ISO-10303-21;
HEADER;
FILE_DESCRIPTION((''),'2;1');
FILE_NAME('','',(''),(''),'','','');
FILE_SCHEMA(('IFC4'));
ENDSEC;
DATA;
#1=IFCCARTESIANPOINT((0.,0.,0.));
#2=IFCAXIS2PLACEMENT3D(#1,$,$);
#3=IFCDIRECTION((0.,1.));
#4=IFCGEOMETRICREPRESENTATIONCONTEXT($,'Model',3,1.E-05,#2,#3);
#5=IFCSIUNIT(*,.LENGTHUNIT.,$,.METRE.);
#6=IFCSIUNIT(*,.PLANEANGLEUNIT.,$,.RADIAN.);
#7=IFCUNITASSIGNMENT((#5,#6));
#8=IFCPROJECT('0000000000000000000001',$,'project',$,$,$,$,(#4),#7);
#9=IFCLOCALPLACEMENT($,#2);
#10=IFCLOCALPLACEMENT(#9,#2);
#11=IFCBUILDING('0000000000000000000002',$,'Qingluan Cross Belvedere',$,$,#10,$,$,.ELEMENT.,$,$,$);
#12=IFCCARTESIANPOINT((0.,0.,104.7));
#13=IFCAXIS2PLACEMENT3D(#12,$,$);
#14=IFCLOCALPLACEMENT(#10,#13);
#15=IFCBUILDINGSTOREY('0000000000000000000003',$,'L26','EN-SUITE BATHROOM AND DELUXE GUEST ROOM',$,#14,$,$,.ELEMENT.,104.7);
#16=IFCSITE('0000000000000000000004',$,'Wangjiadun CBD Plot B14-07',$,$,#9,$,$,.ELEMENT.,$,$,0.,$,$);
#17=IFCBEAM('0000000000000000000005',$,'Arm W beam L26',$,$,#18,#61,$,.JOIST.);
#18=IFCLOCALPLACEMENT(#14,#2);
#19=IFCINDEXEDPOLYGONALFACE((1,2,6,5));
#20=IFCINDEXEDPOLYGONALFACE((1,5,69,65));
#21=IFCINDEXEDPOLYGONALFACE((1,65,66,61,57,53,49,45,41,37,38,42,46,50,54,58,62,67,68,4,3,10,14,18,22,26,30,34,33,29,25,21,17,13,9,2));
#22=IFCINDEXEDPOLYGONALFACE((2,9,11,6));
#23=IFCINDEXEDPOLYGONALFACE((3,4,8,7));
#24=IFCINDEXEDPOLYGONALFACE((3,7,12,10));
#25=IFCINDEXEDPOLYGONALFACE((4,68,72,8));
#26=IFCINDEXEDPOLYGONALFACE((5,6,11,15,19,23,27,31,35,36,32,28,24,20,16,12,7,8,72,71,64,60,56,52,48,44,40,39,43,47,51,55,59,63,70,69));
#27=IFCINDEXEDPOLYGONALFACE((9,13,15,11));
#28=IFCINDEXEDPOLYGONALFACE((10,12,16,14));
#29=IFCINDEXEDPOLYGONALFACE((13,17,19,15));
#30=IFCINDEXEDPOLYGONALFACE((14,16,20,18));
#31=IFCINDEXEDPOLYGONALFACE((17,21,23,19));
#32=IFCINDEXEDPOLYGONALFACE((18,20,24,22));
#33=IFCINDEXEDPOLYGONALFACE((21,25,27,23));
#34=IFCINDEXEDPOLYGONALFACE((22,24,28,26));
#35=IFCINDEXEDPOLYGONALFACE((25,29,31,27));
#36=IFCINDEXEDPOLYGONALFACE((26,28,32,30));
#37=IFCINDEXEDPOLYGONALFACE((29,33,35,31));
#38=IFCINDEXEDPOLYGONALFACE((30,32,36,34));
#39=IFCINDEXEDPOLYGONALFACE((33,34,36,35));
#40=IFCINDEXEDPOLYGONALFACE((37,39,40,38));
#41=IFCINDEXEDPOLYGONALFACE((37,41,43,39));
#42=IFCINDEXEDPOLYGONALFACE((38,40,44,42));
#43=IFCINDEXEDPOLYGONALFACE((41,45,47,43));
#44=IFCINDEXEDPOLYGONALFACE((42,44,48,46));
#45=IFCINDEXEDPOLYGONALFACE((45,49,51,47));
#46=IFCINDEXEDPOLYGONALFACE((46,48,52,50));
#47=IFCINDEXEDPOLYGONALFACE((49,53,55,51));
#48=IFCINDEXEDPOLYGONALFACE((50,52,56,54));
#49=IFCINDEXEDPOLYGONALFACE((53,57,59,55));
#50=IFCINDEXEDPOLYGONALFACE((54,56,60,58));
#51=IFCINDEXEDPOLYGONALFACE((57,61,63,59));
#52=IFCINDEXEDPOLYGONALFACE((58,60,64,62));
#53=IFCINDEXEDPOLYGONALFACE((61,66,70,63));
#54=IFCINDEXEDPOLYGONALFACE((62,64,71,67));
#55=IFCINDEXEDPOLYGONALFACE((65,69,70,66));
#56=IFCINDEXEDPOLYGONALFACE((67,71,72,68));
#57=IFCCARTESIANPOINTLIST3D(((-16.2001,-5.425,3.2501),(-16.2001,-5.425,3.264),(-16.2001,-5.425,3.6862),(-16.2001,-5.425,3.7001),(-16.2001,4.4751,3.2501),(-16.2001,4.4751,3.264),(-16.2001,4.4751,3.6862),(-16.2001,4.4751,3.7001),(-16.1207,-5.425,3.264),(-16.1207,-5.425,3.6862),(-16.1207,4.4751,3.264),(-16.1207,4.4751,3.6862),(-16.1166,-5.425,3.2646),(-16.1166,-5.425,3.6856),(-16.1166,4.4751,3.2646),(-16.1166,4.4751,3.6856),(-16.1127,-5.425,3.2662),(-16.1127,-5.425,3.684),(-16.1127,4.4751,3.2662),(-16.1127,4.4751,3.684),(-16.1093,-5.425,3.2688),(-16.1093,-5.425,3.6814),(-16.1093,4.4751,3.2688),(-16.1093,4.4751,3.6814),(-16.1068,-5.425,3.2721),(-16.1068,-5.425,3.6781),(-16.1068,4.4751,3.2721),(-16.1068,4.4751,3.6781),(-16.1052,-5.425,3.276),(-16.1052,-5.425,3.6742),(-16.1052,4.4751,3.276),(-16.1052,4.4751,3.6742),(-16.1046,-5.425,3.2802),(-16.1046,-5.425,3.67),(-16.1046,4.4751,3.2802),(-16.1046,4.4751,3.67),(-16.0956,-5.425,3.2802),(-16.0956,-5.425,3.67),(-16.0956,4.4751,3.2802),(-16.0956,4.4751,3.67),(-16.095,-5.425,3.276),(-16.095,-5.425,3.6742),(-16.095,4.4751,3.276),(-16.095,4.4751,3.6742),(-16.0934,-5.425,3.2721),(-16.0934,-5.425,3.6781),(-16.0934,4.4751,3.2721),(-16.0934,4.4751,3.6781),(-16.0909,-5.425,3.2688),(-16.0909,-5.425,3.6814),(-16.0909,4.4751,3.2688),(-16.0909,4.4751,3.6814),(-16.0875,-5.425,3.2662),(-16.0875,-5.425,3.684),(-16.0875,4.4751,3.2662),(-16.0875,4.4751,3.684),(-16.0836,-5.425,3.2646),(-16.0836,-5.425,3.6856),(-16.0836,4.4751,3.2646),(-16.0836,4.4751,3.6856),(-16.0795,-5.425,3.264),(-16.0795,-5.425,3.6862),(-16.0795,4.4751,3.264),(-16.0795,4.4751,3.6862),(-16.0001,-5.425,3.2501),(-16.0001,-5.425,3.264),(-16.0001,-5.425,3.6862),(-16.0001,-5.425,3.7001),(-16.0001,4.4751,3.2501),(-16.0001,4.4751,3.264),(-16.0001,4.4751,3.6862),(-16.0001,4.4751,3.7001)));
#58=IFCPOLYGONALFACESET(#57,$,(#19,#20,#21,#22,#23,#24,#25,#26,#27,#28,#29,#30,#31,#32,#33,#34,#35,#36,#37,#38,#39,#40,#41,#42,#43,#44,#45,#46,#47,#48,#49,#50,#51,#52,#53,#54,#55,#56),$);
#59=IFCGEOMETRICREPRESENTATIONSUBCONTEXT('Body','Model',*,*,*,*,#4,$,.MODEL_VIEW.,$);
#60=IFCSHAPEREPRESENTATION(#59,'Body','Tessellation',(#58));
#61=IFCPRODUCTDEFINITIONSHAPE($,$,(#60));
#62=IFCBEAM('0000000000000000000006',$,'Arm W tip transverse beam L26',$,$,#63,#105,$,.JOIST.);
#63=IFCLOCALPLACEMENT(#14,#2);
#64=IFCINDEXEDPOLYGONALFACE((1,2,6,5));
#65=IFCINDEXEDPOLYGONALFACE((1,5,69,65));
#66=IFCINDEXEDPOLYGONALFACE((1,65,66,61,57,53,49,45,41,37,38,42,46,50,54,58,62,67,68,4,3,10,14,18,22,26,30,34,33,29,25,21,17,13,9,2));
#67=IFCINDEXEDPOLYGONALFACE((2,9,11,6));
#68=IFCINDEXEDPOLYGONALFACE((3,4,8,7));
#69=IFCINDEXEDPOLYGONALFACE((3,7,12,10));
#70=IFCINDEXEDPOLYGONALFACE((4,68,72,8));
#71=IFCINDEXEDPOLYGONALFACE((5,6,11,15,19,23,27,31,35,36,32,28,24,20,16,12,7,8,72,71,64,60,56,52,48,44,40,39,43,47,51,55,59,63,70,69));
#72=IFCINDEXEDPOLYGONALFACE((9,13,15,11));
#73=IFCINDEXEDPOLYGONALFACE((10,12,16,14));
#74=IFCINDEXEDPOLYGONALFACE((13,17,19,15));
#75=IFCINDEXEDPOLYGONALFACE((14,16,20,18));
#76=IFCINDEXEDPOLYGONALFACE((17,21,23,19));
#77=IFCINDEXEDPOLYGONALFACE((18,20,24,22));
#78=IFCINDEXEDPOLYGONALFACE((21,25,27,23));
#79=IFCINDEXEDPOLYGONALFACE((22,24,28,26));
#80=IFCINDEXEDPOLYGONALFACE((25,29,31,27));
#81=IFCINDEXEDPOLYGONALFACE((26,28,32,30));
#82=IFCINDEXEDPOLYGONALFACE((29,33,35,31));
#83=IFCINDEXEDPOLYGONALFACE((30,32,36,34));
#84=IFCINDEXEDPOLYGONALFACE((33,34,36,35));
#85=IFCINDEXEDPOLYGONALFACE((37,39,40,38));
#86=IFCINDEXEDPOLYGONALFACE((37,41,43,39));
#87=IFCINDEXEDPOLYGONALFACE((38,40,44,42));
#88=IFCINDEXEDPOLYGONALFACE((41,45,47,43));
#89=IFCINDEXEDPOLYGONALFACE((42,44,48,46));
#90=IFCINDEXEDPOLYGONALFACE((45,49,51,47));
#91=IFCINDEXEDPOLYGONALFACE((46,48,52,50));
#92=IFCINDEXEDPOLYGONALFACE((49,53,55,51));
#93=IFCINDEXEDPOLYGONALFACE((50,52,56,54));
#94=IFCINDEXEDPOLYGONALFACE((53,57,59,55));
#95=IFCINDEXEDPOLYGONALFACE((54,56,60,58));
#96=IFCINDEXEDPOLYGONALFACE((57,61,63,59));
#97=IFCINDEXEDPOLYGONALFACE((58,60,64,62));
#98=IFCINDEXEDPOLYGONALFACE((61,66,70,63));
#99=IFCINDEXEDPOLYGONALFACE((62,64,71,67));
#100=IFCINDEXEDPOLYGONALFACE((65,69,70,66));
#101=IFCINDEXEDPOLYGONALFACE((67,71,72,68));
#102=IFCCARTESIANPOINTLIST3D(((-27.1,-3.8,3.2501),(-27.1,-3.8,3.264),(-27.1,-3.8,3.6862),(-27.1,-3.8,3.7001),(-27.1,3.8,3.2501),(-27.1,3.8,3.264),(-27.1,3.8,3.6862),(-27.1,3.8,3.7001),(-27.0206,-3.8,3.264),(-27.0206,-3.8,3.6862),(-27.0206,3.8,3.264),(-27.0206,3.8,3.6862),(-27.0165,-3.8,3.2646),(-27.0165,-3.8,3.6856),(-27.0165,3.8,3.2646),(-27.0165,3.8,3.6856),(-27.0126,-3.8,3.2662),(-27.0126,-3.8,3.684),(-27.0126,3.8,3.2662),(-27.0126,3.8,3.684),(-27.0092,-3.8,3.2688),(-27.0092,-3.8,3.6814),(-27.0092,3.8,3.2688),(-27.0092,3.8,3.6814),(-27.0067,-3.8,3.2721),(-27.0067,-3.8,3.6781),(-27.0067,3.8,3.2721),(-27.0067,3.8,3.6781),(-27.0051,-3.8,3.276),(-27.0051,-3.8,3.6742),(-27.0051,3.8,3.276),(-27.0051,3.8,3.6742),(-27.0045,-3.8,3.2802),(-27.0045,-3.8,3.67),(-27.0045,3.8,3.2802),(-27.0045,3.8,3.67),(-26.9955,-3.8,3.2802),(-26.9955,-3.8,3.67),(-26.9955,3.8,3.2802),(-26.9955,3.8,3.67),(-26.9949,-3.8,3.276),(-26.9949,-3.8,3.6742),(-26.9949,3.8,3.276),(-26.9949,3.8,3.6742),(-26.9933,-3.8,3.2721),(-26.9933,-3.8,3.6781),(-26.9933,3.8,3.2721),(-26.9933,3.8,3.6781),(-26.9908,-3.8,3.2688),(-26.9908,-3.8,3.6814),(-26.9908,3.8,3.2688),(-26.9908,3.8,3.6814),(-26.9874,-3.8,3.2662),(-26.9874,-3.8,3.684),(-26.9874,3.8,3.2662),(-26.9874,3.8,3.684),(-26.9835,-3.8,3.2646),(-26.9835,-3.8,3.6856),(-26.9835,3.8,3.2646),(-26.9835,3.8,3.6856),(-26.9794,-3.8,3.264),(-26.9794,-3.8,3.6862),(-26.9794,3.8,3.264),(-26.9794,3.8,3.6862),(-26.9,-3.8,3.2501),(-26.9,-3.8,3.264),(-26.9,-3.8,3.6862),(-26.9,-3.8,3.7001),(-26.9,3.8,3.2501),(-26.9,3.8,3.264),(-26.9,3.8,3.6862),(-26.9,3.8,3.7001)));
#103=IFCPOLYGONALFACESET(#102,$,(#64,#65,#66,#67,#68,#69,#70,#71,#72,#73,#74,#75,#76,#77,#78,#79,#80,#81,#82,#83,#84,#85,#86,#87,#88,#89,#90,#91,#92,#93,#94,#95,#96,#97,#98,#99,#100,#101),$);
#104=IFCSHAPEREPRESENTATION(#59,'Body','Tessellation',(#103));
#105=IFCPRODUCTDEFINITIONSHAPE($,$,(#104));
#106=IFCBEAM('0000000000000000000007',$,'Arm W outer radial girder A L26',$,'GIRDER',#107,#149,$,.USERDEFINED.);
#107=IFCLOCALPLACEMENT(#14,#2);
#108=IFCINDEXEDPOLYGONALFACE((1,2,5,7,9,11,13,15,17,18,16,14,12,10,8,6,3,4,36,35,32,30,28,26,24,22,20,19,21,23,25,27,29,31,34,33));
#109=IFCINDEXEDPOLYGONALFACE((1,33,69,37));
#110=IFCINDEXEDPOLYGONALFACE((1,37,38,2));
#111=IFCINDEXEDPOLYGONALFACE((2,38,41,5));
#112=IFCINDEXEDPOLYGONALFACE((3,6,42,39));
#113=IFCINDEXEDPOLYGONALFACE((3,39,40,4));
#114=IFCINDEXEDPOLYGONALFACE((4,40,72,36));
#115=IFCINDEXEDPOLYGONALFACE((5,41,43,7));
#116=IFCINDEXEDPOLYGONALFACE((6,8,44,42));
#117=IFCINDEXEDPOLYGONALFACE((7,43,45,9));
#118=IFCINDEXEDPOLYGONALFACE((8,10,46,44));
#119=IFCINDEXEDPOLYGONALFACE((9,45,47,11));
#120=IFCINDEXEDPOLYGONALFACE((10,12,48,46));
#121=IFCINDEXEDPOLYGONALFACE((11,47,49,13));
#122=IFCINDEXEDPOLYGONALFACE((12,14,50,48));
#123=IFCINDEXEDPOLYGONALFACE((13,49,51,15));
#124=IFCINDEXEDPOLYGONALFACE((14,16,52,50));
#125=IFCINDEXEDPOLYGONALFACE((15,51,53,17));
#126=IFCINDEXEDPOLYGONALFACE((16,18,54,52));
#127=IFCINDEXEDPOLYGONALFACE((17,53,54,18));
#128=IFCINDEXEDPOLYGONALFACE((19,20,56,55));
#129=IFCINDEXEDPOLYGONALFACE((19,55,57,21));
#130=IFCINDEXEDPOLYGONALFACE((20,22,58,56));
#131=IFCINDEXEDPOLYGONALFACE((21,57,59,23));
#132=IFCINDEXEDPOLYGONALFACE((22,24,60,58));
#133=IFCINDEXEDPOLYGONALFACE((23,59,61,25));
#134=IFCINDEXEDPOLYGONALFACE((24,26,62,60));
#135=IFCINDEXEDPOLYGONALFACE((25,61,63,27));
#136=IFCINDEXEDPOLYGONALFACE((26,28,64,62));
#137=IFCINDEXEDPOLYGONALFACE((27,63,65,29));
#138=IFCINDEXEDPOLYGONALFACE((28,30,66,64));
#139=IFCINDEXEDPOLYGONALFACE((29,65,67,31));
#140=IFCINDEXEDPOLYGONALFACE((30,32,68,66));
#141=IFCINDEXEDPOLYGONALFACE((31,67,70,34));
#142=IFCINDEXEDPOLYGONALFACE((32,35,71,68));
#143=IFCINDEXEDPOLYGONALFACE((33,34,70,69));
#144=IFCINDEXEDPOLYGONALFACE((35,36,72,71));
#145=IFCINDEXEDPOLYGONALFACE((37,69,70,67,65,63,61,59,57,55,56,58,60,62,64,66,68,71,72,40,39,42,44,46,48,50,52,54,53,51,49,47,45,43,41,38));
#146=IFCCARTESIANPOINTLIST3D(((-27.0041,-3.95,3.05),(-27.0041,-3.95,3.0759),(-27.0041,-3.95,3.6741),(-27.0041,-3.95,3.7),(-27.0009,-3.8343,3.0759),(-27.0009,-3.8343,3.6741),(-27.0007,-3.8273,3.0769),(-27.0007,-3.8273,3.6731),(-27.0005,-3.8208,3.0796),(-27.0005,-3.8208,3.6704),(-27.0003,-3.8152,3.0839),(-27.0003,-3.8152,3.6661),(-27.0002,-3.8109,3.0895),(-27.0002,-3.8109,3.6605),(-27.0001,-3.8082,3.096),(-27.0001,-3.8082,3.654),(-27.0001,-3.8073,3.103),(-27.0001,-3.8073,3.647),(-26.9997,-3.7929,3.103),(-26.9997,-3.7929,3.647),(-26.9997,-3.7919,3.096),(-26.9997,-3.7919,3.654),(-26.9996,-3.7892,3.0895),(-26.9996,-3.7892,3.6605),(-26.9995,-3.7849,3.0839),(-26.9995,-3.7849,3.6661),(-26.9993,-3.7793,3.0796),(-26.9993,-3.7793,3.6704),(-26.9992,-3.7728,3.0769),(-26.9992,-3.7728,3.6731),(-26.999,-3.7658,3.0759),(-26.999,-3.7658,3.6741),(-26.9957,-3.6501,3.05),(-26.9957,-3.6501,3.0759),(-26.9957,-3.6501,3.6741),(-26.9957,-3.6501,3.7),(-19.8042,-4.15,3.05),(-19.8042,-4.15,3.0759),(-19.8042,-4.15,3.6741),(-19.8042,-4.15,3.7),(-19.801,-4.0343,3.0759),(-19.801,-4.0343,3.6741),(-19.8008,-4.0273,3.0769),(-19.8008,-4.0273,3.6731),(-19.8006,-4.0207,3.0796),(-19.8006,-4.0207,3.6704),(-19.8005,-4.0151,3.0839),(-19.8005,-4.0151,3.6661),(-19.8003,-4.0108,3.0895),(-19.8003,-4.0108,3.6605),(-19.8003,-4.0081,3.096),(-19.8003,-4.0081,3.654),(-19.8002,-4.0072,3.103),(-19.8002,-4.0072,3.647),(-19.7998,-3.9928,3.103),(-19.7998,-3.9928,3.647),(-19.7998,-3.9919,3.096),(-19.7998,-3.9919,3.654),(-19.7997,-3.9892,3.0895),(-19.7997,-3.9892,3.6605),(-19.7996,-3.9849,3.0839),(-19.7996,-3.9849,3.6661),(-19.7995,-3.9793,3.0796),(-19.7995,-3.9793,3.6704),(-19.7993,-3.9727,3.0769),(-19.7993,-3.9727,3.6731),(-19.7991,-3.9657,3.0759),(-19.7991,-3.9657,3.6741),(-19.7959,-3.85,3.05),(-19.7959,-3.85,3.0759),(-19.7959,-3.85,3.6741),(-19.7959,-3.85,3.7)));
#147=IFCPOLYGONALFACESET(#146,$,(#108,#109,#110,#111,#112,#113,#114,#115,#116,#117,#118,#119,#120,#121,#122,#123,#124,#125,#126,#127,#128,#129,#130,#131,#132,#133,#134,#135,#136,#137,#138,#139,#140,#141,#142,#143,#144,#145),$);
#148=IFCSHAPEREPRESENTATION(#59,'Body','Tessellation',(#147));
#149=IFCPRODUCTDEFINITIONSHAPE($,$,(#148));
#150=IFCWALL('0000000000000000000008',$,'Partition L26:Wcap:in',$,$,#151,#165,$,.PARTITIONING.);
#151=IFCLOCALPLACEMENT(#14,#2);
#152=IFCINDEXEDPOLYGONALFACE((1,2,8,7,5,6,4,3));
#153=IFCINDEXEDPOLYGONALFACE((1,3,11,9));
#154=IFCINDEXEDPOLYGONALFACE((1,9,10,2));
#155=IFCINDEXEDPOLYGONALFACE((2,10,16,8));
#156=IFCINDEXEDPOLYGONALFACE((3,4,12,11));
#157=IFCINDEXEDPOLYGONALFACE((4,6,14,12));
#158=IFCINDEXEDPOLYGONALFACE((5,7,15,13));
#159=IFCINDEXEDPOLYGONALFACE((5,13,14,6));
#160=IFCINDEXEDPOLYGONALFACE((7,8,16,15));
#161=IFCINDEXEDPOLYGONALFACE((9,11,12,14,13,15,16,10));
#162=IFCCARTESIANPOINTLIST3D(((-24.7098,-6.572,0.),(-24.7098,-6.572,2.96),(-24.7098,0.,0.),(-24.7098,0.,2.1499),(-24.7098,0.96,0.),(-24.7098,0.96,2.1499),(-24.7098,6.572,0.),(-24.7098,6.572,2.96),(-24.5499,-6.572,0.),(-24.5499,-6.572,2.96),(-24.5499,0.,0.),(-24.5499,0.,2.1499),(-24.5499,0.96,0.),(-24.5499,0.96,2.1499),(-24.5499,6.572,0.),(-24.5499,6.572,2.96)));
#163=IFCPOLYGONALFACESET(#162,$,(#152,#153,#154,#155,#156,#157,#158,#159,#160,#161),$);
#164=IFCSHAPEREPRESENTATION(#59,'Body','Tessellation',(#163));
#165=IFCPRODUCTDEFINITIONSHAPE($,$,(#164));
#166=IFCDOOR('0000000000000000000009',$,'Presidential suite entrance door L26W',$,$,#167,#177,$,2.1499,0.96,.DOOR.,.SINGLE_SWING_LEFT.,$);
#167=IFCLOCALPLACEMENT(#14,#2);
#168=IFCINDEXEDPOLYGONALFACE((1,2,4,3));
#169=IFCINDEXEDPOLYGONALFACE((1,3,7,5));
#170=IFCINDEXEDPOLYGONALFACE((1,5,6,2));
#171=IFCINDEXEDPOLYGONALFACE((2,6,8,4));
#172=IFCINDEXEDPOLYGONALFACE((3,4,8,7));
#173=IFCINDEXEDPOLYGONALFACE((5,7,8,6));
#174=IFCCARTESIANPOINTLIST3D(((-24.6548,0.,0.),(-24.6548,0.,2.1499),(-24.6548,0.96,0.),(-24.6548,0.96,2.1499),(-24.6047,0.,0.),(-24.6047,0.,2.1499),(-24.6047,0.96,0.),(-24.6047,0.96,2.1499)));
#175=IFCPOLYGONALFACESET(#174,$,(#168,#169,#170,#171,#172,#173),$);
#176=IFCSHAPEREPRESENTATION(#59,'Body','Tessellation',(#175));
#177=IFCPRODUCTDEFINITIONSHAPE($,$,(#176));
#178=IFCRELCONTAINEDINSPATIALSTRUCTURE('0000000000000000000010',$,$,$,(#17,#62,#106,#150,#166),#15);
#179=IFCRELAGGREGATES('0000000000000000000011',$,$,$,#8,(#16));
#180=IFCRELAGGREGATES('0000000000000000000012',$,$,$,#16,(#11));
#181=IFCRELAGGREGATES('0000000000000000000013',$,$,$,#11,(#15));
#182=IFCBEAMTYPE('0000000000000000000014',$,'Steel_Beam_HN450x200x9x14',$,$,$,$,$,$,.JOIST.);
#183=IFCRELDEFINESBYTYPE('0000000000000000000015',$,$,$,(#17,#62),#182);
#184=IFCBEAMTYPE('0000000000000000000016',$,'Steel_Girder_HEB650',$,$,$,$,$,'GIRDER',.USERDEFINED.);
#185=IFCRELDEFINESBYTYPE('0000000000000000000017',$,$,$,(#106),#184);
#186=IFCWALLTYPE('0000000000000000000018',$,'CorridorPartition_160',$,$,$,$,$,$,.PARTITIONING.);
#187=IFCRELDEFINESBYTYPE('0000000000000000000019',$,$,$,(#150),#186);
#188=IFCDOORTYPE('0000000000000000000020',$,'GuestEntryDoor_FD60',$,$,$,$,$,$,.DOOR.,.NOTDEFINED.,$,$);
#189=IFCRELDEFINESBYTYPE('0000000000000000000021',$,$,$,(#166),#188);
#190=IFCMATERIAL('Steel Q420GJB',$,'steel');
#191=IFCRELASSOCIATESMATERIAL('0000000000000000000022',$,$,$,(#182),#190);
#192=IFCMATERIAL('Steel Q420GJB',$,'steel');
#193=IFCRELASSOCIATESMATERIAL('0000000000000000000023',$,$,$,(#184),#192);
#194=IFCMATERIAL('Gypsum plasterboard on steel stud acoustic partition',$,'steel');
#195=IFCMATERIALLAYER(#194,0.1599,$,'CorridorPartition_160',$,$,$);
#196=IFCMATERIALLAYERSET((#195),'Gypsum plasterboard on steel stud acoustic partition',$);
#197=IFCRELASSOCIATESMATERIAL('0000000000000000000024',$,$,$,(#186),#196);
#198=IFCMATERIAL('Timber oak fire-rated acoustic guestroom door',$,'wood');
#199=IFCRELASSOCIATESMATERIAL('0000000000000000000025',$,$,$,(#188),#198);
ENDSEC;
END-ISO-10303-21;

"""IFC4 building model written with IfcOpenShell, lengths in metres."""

from ifc_helpers import new_model, si_unit, direction, frame, frame_2d, origin, origin_2d, place, context, subcontext, project, spatial, rectangle, i_section, extrude, material, layer, layer_set, material_profile, profile_set, type_object, element, fill, save


model = new_model("IFC4")

# Units and contexts
model_context = context("Model", 3, precision=1e-05, world=origin(), true_north=direction((0.0, 1.0)))
body_context = subcontext(model_context, "Body", "Model", "MODEL_VIEW")
ifc_project = project(units=[si_unit("LENGTHUNIT", "METRE"), si_unit("PLANEANGLEUNIT", "RADIAN")], contexts=[model_context])

# Site, building, storey
site_placement = place(None, origin())
site = spatial("IfcSite", under=ifc_project, at=site_placement, Name="Wangjiadun CBD Plot B14-07", CompositionType="ELEMENT", RefElevation=0.0)
building_placement = place(site_placement, origin())
building = spatial("IfcBuilding", under=site, at=building_placement, Name="Qingluan Cross Belvedere", CompositionType="ELEMENT")
storey_placement = place(building_placement, frame((0.0, 0.0, 104.7)))
storey = spatial("IfcBuildingStorey", under=building, at=storey_placement, Name="L26", Description="EN-SUITE BATHROOM AND DELUXE GUEST ROOM", CompositionType="ELEMENT", Elevation=104.7)

# Beams
ifc_material_1 = material(Name="Steel Q420GJB", Category="steel")
ifc_material_profile_1 = material_profile(ifc_material_1, i_section(OverallWidth=0.2, OverallDepth=0.45, WebThickness=0.009, FlangeThickness=0.0139, FilletRadius=0.0161, at=origin_2d()), Name="HN450x200x9x14")
ifc_profile_set_1 = profile_set([ifc_material_profile_1], Name="Steel Q420GJB")
beam_type_1 = type_object("IfcBeamType", Name="Steel_Beam_HN450x200x9x14", PredefinedType="JOIST", material=ifc_profile_set_1)
beam_1_placement = place(storey_placement, frame((-16.1001, -5.425, 3.4751), z_axis=(0.0, 1.0, 0.0), x_axis=(-1.0, 0.0, 0.0)))
element("IfcBeam", 1, at=beam_1_placement, inside=storey, type_object=beam_type_1, Name="Arm W beam L26", PredefinedType="JOIST", context=body_context, shape_type="SweptSolid", body=[
    extrude(i_section(OverallWidth=0.2, OverallDepth=0.45, WebThickness=0.009, FlangeThickness=0.0139, FilletRadius=0.0161, at=origin_2d()), origin(), (0.0, 0.0, 1.0), 9.9001),
])
beam_2_placement = place(storey_placement, frame((-27.0, -3.8, 3.4751), z_axis=(0.0, 1.0, 0.0), x_axis=(-1.0, 0.0, 0.0)))
element("IfcBeam", 2, at=beam_2_placement, inside=storey, type_object=beam_type_1, Name="Arm W tip transverse beam L26", PredefinedType="JOIST", context=body_context, shape_type="SweptSolid", body=[
    extrude(i_section(OverallWidth=0.2, OverallDepth=0.45, WebThickness=0.009, FlangeThickness=0.0139, FilletRadius=0.0161, at=origin_2d()), origin(), (0.0, 0.0, 1.0), 7.6001),
])
ifc_material_2 = material(Name="Steel Q420GJB", Category="steel")
ifc_material_profile_2 = material_profile(ifc_material_2, i_section(OverallWidth=0.3, OverallDepth=0.6499, WebThickness=0.0144, FlangeThickness=0.0259, FilletRadius=0.0271, at=origin_2d()), Name="HEB650")
ifc_profile_set_2 = profile_set([ifc_material_profile_2], Name="Steel Q420GJB")
beam_type_2 = type_object("IfcBeamType", Name="Steel_Girder_HEB650", ElementType="GIRDER", PredefinedType="USERDEFINED", material=ifc_profile_set_2)
beam_3_placement = place(storey_placement, frame((-19.8, -4.0, 3.375), z_axis=(-0.999615, 0.02776, 0.0), x_axis=(-0.02776, -0.999615, 0.0)))
element("IfcBeam", 3, at=beam_3_placement, inside=storey, type_object=beam_type_2, Name="Arm W outer radial girder A L26", ObjectType="GIRDER", PredefinedType="USERDEFINED", context=body_context, shape_type="SweptSolid", body=[
    extrude(i_section(OverallWidth=0.3, OverallDepth=0.6499, WebThickness=0.0144, FlangeThickness=0.0259, FilletRadius=0.0271, at=origin_2d()), origin(), (0.0, 0.0, 1.0), 7.2026),
])

# Wall, opening, door
ifc_material_3 = material(Name="Gypsum plasterboard on steel stud acoustic partition", Category="steel")
ifc_layer_1 = layer(ifc_material_3, 0.1599, Name="CorridorPartition_160")
ifc_layer_set_1 = layer_set([ifc_layer_1], Name="Gypsum plasterboard on steel stud acoustic partition")
wall_type_1 = type_object("IfcWallType", Name="CorridorPartition_160", PredefinedType="PARTITIONING", material=ifc_layer_set_1)
wall_1_placement = place(storey_placement, frame((-24.6299, -6.572, 0.0), z_axis=(0.0, 0.0, 1.0), x_axis=(0.0, 1.0, 0.0)))
wall_1 = element("IfcWall", 4, at=wall_1_placement, inside=storey, type_object=wall_type_1, Name="Partition L26:Wcap:in", PredefinedType="PARTITIONING", context=body_context, shape_type="SweptSolid", body=[
    extrude(rectangle(XDim=13.144, YDim=0.1599, at=frame_2d((6.572, 0.0))), origin(), (0.0, 0.0, 1.0), 2.96),
])
opening_1_placement = place(wall_1_placement, frame((6.572, 0.0, 0.0)))
opening_1 = element("IfcOpeningElement", 5, at=opening_1_placement, cuts=wall_1, PredefinedType="OPENING", context=body_context, shape_type="SweptSolid", body=[
    extrude(rectangle(XDim=0.96, YDim=2.1499, at=frame_2d((0.48, 1.075))), frame((0.0, 0.0898, 0.0), z_axis=(0.0, -1.0, 0.0), x_axis=(1.0, 0.0, 0.0)), (0.0, 0.0, 1.0), 0.1799),
])
ifc_material_4 = material(Name="Timber oak fire-rated acoustic guestroom door", Category="wood")
door_type_1 = type_object("IfcDoorType", Name="GuestEntryDoor_FD60", OperationType="NOTDEFINED", PredefinedType="DOOR", material=ifc_material_4)
door_1_placement = place(opening_1_placement, origin())
door_1 = element("IfcDoor", 6, at=door_1_placement, inside=storey, type_object=door_type_1, Name="Presidential suite entrance door L26W", OperationType="SINGLE_SWING_LEFT", OverallHeight=2.1499, OverallWidth=0.96, PredefinedType="DOOR", context=body_context, shape_type="SweptSolid", body=[
    extrude(rectangle(XDim=0.96, YDim=2.1499, at=frame_2d((0.48, 1.075))), frame((0.0, 0.0249, 0.0), z_axis=(0.0, -1.0, 0.0), x_axis=(1.0, 0.0, 0.0)), (0.0, 0.0, 1.0), 0.05),
])
fill(opening_1, door_1)

save(model, "model.ifc")
